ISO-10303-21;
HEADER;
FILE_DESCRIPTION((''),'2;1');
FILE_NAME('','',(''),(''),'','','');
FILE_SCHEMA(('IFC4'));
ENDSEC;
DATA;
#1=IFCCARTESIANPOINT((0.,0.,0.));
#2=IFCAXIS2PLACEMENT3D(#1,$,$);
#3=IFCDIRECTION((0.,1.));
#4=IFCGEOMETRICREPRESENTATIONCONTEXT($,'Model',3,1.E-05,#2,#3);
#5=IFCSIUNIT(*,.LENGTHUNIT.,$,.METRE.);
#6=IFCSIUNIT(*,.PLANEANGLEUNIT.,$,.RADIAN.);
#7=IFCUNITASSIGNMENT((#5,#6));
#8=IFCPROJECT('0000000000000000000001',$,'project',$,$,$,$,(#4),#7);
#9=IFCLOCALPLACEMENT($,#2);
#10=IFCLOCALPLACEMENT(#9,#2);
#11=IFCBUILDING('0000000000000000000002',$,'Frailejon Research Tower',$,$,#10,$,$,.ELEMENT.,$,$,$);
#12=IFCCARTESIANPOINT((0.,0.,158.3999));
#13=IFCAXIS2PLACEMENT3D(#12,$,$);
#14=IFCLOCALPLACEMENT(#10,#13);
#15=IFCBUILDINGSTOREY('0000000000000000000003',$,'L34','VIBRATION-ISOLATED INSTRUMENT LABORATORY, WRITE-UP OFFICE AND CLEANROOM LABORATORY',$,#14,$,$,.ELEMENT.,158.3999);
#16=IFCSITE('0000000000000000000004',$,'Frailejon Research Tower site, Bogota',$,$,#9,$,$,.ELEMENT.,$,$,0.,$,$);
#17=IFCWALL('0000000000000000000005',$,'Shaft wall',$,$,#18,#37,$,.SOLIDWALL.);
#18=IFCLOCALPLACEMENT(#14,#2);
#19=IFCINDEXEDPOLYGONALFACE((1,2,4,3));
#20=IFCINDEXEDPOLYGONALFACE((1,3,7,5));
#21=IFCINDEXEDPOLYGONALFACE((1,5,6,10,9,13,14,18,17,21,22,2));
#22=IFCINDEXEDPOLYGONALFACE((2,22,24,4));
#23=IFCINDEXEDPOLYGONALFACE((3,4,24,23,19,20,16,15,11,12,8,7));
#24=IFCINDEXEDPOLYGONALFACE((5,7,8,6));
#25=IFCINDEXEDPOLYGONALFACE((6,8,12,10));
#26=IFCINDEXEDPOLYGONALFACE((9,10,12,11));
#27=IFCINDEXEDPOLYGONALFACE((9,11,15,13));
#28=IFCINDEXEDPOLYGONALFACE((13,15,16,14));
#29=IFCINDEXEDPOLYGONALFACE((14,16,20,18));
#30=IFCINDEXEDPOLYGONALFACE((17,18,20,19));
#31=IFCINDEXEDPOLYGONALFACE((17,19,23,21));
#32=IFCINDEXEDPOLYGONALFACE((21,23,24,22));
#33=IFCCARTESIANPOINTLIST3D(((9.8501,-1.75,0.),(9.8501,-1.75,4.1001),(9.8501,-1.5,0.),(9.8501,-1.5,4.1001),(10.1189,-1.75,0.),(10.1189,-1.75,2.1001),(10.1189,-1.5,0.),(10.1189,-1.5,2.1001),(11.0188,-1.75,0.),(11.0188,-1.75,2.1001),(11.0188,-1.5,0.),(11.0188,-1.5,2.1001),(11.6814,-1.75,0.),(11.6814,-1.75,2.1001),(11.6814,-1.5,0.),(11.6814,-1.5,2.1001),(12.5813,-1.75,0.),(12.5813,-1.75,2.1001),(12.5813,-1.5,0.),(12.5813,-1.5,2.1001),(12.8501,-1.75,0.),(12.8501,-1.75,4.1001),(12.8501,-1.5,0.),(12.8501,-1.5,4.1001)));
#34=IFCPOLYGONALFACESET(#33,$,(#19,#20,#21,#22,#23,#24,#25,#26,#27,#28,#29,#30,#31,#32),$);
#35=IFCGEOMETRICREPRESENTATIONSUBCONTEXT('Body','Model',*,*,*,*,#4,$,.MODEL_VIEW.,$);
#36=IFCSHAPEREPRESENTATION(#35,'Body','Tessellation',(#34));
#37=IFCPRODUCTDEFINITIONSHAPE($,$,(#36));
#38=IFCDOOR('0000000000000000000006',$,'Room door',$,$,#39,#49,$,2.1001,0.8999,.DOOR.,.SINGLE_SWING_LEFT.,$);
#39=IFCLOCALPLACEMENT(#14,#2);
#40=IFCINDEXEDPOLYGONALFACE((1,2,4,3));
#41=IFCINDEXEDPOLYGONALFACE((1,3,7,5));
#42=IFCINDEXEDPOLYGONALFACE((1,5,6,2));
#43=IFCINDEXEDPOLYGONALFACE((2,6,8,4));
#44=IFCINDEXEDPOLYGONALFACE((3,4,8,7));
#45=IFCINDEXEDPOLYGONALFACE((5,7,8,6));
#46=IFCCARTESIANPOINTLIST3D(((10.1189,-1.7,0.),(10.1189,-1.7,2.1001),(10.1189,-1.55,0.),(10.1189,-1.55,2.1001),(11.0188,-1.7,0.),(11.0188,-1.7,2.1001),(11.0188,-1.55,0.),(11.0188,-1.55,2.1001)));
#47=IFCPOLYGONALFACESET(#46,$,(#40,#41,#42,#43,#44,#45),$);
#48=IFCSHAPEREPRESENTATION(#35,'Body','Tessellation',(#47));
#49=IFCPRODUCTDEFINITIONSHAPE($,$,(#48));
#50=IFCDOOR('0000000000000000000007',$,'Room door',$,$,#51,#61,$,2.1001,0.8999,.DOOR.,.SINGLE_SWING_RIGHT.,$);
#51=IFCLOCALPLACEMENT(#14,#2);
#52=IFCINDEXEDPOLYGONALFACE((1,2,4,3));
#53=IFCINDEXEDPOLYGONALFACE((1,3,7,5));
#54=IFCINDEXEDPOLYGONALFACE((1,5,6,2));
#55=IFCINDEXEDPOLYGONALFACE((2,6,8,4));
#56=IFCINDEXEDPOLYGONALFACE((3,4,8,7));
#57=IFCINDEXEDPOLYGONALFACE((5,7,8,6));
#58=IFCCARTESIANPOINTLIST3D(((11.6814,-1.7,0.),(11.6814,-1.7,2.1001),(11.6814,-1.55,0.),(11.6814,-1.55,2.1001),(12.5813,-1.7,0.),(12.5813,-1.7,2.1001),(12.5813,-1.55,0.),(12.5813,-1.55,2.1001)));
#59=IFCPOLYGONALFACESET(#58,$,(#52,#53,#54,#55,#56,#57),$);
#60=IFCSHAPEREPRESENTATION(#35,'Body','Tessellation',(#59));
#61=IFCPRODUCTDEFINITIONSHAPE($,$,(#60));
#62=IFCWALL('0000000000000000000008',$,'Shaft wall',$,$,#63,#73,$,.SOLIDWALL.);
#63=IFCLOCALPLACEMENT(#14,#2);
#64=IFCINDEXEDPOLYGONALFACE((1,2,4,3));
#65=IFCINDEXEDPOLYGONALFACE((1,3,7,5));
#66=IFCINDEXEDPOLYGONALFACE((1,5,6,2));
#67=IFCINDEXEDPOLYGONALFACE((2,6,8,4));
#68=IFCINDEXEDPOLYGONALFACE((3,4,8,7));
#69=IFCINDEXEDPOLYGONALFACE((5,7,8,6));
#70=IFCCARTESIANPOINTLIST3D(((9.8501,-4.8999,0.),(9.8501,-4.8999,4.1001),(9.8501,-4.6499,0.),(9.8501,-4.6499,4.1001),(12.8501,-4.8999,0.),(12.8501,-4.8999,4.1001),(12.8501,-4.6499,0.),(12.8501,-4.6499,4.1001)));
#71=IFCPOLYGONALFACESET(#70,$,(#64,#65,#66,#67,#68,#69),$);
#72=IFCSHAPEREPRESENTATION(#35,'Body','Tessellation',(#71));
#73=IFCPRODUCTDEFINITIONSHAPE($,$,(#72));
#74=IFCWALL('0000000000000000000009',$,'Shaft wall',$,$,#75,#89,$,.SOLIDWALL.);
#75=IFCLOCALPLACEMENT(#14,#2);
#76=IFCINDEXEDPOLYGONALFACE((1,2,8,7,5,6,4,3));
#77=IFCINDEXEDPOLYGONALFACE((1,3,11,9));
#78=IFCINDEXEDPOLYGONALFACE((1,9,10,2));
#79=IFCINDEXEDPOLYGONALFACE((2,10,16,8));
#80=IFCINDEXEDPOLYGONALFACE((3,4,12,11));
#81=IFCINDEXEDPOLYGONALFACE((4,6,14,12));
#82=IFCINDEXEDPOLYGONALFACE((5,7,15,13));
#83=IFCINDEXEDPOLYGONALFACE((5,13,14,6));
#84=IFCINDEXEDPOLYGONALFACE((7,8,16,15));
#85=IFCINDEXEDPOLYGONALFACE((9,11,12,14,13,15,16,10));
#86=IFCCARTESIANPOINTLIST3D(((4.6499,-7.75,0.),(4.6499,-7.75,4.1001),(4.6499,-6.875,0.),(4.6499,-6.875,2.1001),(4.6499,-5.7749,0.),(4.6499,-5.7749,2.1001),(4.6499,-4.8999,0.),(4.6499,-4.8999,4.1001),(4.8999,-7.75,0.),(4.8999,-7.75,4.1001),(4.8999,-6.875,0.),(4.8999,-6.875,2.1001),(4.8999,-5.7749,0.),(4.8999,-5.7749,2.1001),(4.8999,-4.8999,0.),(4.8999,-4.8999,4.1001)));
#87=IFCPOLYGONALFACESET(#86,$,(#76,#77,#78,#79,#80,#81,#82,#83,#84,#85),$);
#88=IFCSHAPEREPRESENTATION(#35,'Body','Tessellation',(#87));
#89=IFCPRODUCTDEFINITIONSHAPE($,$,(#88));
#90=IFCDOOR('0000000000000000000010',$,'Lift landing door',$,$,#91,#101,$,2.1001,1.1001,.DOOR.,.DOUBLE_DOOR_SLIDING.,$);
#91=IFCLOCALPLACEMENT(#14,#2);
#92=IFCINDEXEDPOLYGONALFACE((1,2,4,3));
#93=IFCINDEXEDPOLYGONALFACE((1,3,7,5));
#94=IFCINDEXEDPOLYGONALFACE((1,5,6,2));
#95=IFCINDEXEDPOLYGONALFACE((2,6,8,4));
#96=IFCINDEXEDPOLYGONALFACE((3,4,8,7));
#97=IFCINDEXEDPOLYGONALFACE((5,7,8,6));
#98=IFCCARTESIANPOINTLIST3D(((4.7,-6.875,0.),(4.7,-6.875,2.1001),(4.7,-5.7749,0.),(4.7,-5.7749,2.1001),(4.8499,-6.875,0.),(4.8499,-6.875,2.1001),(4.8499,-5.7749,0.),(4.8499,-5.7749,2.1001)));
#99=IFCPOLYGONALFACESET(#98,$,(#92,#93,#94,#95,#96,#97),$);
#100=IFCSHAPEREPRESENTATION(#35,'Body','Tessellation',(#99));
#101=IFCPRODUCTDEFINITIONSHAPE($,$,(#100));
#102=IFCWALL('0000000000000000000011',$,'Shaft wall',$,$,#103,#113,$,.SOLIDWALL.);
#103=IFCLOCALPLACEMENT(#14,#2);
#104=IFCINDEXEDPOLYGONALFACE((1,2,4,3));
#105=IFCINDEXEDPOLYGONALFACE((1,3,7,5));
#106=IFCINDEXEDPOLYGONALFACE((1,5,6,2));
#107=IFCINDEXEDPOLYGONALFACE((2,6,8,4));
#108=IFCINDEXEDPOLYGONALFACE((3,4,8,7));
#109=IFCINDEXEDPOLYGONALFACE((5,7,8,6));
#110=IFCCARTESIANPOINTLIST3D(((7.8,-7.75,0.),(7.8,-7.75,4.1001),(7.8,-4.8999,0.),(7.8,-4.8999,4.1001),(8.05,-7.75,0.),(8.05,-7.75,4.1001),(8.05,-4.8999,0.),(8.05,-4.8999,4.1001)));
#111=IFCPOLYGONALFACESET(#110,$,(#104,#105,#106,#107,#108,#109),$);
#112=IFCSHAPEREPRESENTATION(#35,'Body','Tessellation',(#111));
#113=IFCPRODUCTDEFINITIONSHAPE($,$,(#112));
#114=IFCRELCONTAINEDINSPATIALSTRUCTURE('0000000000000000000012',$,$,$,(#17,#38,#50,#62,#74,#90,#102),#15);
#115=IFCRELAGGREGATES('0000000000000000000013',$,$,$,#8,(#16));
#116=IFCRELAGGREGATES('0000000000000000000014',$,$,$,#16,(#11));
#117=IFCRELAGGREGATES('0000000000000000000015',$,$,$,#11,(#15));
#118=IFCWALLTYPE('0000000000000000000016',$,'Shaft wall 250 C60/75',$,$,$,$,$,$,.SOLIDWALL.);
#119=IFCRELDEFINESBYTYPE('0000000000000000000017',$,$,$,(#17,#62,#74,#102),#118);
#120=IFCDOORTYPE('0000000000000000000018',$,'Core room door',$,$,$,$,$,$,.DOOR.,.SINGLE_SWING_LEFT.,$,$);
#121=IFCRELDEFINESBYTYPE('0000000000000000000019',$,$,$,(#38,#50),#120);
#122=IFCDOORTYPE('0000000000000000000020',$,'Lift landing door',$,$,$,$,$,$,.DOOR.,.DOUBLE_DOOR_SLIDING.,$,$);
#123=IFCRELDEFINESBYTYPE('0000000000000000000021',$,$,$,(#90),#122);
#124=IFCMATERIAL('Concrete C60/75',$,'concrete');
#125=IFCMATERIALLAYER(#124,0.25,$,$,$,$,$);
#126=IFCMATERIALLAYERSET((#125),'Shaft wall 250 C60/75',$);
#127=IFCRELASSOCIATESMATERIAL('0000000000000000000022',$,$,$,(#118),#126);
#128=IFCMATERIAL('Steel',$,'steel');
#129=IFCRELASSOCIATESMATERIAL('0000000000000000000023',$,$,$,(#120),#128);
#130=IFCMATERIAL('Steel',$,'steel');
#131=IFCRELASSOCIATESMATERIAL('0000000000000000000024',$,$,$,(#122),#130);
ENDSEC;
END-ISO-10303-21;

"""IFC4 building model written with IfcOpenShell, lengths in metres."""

from ifc_helpers import new_model, si_unit, direction, frame, frame_2d, origin, place, context, subcontext, project, spatial, rectangle, extrude, material, layer, layer_set, type_object, element, fill, save


model = new_model("IFC4")

# Units and contexts
model_context = context("Model", 3, precision=1e-05, world=origin(), true_north=direction((0.0, 1.0)))
body_context = subcontext(model_context, "Body", "Model", "MODEL_VIEW")
ifc_project = project(units=[si_unit("LENGTHUNIT", "METRE"), si_unit("PLANEANGLEUNIT", "RADIAN")], contexts=[model_context])

# Site, building, storey
site_placement = place(None, origin())
site = spatial("IfcSite", under=ifc_project, at=site_placement, Name="Frailejon Research Tower site, Bogota", CompositionType="ELEMENT", RefElevation=0.0)
building_placement = place(site_placement, origin())
building = spatial("IfcBuilding", under=site, at=building_placement, Name="Frailejon Research Tower", CompositionType="ELEMENT")
storey_placement = place(building_placement, frame((0.0, 0.0, 158.3999)))
storey = spatial("IfcBuildingStorey", under=building, at=storey_placement, Name="L34", Description="VIBRATION-ISOLATED INSTRUMENT LABORATORY, WRITE-UP OFFICE AND CLEANROOM LABORATORY", CompositionType="ELEMENT", Elevation=158.3999)

# Wall, openings, doors
ifc_material_1 = material(Name="Concrete C60/75", Category="concrete")
ifc_layer_1 = layer(ifc_material_1, 0.25)
ifc_layer_set_1 = layer_set([ifc_layer_1], Name="Shaft wall 250 C60/75")
wall_type_1 = type_object("IfcWallType", Name="Shaft wall 250 C60/75", PredefinedType="SOLIDWALL", material=ifc_layer_set_1)
wall_1_placement = place(storey_placement, frame((9.8501, -1.625, 0.0), z_axis=(0.0, 0.0, 1.0), x_axis=(1.0, 0.0, 0.0)))
wall_1 = element("IfcWall", 1, at=wall_1_placement, inside=storey, type_object=wall_type_1, Name="Shaft wall", PredefinedType="SOLIDWALL", context=body_context, shape_type="SweptSolid", body=[
    extrude(rectangle(XDim=3.0, YDim=0.25, at=frame_2d((1.5, 0.0))), origin(), (0.0, 0.0, 1.0), 4.1001),
])
opening_1_placement = place(wall_1_placement, frame((0.2688, 0.0, 0.0)))
opening_1 = element("IfcOpeningElement", 2, at=opening_1_placement, cuts=wall_1, PredefinedType="OPENING", context=body_context, shape_type="SweptSolid", body=[
    extrude(rectangle(XDim=0.8999, YDim=2.1001, at=frame_2d((0.45, 1.05))), frame((0.0, 0.135, 0.0), z_axis=(0.0, -1.0, 0.0), x_axis=(1.0, 0.0, 0.0)), (0.0, 0.0, 1.0), 0.27),
])
opening_2_placement = place(wall_1_placement, frame((1.8313, 0.0, 0.0)))
opening_2 = element("IfcOpeningElement", 3, at=opening_2_placement, cuts=wall_1, PredefinedType="OPENING", context=body_context, shape_type="SweptSolid", body=[
    extrude(rectangle(XDim=0.8999, YDim=2.1001, at=frame_2d((0.45, 1.05))), frame((0.0, 0.135, 0.0), z_axis=(0.0, -1.0, 0.0), x_axis=(1.0, 0.0, 0.0)), (0.0, 0.0, 1.0), 0.27),
])
ifc_material_2 = material(Name="Steel", Category="steel")
door_type_1 = type_object("IfcDoorType", Name="Core room door", OperationType="SINGLE_SWING_LEFT", PredefinedType="DOOR", material=ifc_material_2)
door_1_placement = place(opening_1_placement, origin())
door_1 = element("IfcDoor", 4, at=door_1_placement, inside=storey, type_object=door_type_1, Name="Room door", OperationType="SINGLE_SWING_LEFT", OverallHeight=2.1001, OverallWidth=0.8999, PredefinedType="DOOR", context=body_context, shape_type="SweptSolid", body=[
    extrude(rectangle(XDim=0.8999, YDim=2.1001, at=frame_2d((0.45, 1.05))), frame((0.0, 0.075, 0.0), z_axis=(0.0, -1.0, 0.0), x_axis=(1.0, 0.0, 0.0)), (0.0, 0.0, 1.0), 0.1499),
])
fill(opening_1, door_1)
door_2_placement = place(opening_2_placement, origin())
door_2 = element("IfcDoor", 5, at=door_2_placement, inside=storey, type_object=door_type_1, Name="Room door", OperationType="SINGLE_SWING_RIGHT", OverallHeight=2.1001, OverallWidth=0.8999, PredefinedType="DOOR", context=body_context, shape_type="SweptSolid", body=[
    extrude(rectangle(XDim=0.8999, YDim=2.1001, at=frame_2d((0.45, 1.05))), frame((0.0, 0.075, 0.0), z_axis=(0.0, -1.0, 0.0), x_axis=(1.0, 0.0, 0.0)), (0.0, 0.0, 1.0), 0.1499),
])
fill(opening_2, door_2)

# Wall
wall_2_placement = place(storey_placement, frame((9.8501, -4.7749, 0.0), z_axis=(0.0, 0.0, 1.0), x_axis=(1.0, 0.0, 0.0)))
element("IfcWall", 6, at=wall_2_placement, inside=storey, type_object=wall_type_1, Name="Shaft wall", PredefinedType="SOLIDWALL", context=body_context, shape_type="SweptSolid", body=[
    extrude(rectangle(XDim=3.0, YDim=0.25, at=frame_2d((1.5, 0.0))), origin(), (0.0, 0.0, 1.0), 4.1001),
])

# Wall, opening, door
wall_3_placement = place(storey_placement, frame((4.7749, -7.75, 0.0), z_axis=(0.0, 0.0, 1.0), x_axis=(0.0, 1.0, 0.0)))
wall_3 = element("IfcWall", 7, at=wall_3_placement, inside=storey, type_object=wall_type_1, Name="Shaft wall", PredefinedType="SOLIDWALL", context=body_context, shape_type="SweptSolid", body=[
    extrude(rectangle(XDim=2.8501, YDim=0.25, at=frame_2d((1.425, 0.0))), origin(), (0.0, 0.0, 1.0), 4.1001),
])
opening_3_placement = place(wall_3_placement, frame((0.875, 0.0, 0.0)))
opening_3 = element("IfcOpeningElement", 8, at=opening_3_placement, cuts=wall_3, PredefinedType="OPENING", context=body_context, shape_type="SweptSolid", body=[
    extrude(rectangle(XDim=1.1001, YDim=2.1001, at=frame_2d((0.55, 1.05))), frame((0.0, 0.135, 0.0), z_axis=(0.0, -1.0, 0.0), x_axis=(1.0, 0.0, 0.0)), (0.0, 0.0, 1.0), 0.27),
])
ifc_material_3 = material(Name="Steel", Category="steel")
door_type_2 = type_object("IfcDoorType", Name="Lift landing door", OperationType="DOUBLE_DOOR_SLIDING", PredefinedType="DOOR", material=ifc_material_3)
door_3_placement = place(opening_3_placement, origin())
door_3 = element("IfcDoor", 9, at=door_3_placement, inside=storey, type_object=door_type_2, Name="Lift landing door", OperationType="DOUBLE_DOOR_SLIDING", OverallHeight=2.1001, OverallWidth=1.1001, PredefinedType="DOOR", context=body_context, shape_type="SweptSolid", body=[
    extrude(rectangle(XDim=1.1001, YDim=2.1001, at=frame_2d((0.55, 1.05))), frame((0.0, 0.075, 0.0), z_axis=(0.0, -1.0, 0.0), x_axis=(1.0, 0.0, 0.0)), (0.0, 0.0, 1.0), 0.1499),
])
fill(opening_3, door_3)

# Wall
wall_4_placement = place(storey_placement, frame((7.925, -7.75, 0.0), z_axis=(0.0, 0.0, 1.0), x_axis=(0.0, 1.0, 0.0)))
element("IfcWall", 10, at=wall_4_placement, inside=storey, type_object=wall_type_1, Name="Shaft wall", PredefinedType="SOLIDWALL", context=body_context, shape_type="SweptSolid", body=[
    extrude(rectangle(XDim=2.8501, YDim=0.25, at=frame_2d((1.425, 0.0))), origin(), (0.0, 0.0, 1.0), 4.1001),
])

save(model, "model.ifc")
